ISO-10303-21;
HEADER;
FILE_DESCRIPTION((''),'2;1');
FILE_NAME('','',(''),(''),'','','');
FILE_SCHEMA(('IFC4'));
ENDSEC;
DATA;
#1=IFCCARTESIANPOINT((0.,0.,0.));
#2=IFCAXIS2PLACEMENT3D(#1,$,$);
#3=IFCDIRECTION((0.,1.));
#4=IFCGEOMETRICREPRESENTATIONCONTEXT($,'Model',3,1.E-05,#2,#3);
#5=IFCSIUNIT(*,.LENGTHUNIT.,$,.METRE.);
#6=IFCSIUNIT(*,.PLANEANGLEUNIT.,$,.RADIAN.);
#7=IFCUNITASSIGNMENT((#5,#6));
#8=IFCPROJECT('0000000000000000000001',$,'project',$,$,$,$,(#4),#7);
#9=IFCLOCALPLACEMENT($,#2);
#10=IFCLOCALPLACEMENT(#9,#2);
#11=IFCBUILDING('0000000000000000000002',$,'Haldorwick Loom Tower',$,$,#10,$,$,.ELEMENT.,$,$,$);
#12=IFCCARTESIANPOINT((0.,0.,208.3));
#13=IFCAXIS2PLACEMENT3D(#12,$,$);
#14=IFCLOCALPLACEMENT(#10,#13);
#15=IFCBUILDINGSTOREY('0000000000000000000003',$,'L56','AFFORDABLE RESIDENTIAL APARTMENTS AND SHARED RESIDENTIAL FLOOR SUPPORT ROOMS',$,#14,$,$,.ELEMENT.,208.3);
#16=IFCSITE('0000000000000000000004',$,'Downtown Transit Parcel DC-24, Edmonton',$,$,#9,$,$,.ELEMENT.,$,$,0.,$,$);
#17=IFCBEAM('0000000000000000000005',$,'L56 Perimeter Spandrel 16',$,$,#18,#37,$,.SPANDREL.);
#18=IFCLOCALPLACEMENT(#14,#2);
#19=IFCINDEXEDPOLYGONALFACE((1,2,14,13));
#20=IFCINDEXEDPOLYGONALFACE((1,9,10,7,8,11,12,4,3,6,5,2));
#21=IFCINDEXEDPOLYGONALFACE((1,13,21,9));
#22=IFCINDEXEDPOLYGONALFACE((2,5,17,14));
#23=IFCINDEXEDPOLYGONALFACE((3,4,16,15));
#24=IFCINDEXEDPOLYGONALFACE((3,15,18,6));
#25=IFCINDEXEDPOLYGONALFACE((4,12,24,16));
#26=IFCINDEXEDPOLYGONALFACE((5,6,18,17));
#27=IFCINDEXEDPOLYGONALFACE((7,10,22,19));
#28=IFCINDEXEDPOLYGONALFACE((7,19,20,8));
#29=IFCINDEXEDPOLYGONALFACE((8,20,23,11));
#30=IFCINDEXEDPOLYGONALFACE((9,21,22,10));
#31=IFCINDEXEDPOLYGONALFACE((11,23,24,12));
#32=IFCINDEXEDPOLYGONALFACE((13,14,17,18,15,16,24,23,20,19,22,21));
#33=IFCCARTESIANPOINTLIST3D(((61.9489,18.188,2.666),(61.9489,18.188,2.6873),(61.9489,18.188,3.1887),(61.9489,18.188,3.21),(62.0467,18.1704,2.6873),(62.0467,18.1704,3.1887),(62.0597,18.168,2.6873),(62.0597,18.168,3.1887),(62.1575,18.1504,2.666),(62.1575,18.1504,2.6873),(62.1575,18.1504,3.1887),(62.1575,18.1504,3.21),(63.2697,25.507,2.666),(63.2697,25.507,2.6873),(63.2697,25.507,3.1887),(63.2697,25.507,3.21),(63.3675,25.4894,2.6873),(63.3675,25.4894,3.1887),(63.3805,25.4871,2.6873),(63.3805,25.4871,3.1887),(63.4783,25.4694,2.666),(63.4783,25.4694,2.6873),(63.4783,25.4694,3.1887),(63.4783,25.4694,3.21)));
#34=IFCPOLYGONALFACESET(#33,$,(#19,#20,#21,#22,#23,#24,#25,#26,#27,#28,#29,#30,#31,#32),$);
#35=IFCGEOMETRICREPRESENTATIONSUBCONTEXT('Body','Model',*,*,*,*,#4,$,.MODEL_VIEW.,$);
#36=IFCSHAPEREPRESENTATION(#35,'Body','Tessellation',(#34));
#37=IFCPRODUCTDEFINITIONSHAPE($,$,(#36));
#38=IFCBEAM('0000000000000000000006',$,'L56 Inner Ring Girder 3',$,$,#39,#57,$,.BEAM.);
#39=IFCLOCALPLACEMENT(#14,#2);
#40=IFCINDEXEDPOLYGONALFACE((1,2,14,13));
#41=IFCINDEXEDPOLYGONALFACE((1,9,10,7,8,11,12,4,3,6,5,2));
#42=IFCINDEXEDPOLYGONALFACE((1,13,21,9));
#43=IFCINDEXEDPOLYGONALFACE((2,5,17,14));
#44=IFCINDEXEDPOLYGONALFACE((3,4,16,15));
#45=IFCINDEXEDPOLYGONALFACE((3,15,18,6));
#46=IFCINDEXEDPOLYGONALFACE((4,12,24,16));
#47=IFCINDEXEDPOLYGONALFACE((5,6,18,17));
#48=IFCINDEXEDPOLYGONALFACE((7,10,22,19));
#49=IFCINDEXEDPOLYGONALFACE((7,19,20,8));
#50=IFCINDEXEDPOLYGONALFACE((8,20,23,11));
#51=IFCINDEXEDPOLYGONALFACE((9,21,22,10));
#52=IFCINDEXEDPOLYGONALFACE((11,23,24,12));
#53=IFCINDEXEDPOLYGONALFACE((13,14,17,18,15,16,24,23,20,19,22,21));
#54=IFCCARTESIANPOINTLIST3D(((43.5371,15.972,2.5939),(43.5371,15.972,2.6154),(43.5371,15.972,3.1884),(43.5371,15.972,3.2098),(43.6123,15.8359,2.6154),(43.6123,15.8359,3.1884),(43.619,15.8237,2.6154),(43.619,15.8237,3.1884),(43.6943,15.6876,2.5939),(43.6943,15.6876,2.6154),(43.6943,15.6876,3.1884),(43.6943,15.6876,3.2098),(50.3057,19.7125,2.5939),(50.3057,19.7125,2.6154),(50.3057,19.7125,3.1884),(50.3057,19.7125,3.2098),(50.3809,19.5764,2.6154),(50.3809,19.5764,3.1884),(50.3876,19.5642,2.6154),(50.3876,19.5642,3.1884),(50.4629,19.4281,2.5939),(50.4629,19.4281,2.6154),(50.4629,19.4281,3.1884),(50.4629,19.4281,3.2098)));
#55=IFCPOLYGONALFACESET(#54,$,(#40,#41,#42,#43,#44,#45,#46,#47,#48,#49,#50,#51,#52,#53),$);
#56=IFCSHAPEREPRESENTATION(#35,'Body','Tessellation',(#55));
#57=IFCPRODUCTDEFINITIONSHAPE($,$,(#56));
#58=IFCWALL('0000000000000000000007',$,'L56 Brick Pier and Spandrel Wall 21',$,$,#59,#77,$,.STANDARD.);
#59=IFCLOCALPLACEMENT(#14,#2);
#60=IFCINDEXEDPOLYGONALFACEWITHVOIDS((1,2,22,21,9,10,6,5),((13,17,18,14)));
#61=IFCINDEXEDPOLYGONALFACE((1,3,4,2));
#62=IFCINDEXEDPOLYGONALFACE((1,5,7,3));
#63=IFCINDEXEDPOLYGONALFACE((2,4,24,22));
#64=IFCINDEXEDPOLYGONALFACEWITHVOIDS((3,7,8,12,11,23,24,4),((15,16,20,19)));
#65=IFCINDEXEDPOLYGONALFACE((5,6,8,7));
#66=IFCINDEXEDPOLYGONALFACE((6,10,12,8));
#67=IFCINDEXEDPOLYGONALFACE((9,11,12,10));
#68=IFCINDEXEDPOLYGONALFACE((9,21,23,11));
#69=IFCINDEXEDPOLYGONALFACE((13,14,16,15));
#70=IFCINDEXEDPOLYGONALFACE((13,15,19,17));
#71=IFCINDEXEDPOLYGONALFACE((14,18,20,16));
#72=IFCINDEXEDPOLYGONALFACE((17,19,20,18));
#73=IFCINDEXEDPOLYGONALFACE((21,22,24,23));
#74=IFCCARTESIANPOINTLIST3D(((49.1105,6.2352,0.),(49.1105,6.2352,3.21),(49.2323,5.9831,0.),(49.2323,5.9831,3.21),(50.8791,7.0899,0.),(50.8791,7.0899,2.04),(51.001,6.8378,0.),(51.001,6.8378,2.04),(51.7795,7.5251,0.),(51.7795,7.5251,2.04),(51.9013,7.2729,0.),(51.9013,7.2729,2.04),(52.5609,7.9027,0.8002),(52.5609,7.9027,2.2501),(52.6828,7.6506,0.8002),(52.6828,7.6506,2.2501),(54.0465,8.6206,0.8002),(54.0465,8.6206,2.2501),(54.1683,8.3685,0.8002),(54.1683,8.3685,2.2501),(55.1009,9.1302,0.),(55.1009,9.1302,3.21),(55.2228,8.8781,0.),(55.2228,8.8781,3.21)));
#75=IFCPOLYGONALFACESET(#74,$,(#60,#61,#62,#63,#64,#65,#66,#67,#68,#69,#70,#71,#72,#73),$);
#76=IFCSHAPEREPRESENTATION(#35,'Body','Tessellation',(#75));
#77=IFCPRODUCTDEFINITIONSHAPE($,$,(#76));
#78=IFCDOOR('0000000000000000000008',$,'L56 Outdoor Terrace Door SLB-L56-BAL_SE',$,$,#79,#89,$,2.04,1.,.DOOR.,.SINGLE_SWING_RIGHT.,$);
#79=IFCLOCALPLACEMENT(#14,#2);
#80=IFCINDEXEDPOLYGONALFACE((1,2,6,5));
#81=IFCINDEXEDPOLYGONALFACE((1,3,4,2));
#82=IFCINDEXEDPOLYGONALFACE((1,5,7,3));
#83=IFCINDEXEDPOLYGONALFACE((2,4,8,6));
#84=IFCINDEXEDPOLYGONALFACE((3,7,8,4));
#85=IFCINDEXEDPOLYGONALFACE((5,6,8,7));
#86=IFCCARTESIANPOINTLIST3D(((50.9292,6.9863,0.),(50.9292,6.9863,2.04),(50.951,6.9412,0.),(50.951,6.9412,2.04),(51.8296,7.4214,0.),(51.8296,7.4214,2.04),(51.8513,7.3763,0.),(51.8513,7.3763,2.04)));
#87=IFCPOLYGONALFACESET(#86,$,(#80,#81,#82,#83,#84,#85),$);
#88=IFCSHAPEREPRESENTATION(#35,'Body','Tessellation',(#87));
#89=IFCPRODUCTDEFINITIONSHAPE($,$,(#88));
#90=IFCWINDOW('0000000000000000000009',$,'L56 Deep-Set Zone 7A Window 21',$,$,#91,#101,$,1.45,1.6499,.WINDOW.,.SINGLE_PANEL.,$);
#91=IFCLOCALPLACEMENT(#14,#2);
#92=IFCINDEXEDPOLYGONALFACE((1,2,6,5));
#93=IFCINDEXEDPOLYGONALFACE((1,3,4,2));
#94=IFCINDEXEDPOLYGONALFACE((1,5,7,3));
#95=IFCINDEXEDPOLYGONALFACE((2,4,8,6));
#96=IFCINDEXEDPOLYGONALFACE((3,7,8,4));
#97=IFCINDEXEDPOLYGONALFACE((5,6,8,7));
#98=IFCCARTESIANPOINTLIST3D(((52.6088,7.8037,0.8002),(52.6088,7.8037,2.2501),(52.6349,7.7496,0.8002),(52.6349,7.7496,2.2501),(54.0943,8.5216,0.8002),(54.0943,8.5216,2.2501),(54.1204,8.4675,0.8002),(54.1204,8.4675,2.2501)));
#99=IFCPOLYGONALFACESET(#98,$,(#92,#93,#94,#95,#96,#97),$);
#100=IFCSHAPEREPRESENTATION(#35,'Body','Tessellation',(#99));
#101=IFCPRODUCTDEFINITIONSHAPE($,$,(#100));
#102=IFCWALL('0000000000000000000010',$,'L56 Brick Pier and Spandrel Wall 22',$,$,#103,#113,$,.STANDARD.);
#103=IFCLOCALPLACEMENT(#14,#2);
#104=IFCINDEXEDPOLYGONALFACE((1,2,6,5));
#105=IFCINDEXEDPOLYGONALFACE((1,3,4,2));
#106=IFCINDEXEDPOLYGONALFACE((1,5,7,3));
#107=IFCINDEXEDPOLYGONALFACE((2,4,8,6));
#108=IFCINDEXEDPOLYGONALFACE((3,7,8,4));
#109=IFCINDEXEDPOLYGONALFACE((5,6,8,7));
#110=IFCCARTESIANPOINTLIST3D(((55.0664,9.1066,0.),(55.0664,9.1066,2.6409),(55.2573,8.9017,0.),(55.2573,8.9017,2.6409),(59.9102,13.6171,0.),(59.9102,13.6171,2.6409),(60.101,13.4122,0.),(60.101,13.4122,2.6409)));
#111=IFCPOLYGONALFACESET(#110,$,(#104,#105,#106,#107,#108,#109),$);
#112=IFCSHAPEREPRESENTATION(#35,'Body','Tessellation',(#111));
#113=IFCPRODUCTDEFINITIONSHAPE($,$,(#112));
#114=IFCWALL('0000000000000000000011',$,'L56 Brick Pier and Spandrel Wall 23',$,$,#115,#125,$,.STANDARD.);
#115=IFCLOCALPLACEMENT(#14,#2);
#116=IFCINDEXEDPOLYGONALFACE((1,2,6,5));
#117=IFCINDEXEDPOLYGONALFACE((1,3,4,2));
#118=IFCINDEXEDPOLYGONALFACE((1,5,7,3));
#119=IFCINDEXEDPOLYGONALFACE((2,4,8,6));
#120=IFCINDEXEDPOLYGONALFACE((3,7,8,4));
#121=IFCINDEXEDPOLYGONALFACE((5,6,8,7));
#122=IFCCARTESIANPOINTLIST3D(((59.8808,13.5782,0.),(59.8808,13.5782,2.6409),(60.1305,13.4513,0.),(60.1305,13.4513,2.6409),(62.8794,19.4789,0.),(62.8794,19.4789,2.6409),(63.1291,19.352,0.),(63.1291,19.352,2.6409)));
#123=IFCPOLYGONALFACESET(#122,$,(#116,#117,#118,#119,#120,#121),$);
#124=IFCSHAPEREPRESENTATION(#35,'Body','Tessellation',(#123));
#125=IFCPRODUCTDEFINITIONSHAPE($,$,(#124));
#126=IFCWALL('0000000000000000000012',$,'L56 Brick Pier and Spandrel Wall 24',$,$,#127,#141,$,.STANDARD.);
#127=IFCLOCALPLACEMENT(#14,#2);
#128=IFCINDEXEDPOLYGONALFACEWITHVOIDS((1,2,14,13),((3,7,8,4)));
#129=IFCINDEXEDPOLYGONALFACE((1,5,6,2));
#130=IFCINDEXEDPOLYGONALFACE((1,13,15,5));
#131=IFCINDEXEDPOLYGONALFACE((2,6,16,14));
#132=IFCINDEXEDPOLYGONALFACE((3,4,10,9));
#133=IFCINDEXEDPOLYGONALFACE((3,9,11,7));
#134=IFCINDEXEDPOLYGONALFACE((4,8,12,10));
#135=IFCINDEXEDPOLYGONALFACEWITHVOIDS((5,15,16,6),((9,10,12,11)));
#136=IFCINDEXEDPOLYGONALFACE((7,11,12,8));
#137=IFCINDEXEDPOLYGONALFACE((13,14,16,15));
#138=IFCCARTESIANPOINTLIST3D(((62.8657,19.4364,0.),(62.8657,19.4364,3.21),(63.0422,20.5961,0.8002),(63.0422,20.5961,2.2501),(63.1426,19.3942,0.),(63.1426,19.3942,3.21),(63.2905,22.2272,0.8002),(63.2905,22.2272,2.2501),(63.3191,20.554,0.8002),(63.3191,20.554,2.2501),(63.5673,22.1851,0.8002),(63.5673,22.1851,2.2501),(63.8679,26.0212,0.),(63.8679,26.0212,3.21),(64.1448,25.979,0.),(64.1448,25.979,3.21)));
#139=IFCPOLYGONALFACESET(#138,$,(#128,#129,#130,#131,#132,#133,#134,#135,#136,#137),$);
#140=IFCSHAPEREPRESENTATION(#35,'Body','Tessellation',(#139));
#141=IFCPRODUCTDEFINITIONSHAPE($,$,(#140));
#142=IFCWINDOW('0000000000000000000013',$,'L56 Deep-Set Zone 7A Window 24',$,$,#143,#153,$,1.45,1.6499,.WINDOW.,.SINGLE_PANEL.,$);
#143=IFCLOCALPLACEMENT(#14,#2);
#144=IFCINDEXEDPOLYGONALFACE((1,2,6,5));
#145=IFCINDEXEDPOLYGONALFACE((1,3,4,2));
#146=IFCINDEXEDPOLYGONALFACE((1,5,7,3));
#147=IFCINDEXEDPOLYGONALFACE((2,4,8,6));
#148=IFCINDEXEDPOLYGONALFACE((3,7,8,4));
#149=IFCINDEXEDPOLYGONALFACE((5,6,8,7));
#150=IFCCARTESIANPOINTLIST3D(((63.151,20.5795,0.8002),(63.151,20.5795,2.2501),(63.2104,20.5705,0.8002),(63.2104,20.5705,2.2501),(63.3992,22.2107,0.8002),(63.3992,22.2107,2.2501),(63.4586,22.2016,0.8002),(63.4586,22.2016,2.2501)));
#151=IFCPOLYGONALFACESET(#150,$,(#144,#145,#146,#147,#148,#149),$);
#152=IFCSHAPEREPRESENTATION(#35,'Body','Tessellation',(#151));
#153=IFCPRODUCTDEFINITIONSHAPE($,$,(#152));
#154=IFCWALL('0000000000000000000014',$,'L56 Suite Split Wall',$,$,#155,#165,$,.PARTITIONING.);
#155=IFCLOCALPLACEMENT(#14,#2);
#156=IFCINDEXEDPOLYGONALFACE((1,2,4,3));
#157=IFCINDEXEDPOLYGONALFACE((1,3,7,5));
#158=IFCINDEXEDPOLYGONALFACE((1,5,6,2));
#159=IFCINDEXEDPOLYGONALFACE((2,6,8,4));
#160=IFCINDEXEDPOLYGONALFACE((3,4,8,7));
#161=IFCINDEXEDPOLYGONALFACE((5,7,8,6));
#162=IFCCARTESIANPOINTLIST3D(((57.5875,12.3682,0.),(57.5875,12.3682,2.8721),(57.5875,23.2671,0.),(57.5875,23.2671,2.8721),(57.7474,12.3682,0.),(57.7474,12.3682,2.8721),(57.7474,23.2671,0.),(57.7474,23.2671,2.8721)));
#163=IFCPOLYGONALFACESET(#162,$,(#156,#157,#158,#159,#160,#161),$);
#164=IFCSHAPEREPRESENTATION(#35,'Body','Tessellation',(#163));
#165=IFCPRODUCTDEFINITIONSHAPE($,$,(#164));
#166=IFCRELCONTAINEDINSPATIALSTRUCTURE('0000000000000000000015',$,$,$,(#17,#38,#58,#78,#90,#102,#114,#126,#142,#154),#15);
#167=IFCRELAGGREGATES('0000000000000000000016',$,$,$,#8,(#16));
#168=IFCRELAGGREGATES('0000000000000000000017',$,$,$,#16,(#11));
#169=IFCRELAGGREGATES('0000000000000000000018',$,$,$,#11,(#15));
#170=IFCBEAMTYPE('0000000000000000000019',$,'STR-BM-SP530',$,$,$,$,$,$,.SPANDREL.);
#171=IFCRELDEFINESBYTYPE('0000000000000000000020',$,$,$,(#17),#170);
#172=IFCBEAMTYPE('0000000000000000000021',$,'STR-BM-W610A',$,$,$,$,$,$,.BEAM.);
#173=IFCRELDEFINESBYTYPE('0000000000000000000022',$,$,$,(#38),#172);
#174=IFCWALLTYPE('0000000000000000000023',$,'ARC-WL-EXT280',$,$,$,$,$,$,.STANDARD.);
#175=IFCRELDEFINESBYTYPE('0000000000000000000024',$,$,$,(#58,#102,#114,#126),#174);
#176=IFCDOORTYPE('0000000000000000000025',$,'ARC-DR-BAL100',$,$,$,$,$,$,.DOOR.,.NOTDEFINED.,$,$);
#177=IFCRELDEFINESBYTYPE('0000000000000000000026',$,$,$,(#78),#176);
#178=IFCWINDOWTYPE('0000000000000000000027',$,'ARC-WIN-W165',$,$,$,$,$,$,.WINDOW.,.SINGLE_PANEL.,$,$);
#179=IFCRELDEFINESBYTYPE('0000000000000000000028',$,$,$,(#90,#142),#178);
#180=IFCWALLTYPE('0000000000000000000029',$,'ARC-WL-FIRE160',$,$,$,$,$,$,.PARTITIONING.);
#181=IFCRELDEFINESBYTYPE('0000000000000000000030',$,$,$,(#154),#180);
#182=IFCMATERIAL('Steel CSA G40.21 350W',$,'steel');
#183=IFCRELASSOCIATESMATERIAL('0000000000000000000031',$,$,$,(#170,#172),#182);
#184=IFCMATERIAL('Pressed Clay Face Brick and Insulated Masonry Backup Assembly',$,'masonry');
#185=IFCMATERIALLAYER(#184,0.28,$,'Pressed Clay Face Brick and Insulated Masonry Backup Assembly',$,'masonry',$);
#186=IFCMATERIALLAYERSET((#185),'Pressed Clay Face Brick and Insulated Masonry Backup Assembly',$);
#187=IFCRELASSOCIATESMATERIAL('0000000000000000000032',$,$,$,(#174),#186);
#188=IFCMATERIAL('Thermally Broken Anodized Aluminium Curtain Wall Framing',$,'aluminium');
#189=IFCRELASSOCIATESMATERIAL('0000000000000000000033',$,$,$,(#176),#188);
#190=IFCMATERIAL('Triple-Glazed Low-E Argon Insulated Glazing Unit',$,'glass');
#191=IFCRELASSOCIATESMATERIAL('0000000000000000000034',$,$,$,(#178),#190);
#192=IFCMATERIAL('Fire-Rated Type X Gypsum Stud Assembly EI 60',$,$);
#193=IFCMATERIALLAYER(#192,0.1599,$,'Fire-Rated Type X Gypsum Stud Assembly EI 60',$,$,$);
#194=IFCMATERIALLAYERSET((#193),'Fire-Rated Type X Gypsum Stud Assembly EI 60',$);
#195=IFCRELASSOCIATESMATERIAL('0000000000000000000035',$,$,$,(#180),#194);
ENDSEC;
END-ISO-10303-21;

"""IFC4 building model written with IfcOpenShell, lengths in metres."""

from ifc_helpers import new_model, si_unit, direction, frame, frame_2d, origin, origin_2d, place, context, subcontext, project, spatial, rectangle, i_section, extrude, material, layer, layer_set, material_profile, profile_set, type_object, element, fill, save


model = new_model("IFC4")

# Units and contexts
model_context = context("Model", 3, precision=1e-05, world=origin(), true_north=direction((0.0, 1.0)))
body_context = subcontext(model_context, "Body", "Model", "MODEL_VIEW")
ifc_project = project(units=[si_unit("LENGTHUNIT", "METRE"), si_unit("PLANEANGLEUNIT", "RADIAN")], contexts=[model_context])

# Site, building, storey
site_placement = place(None, origin())
site = spatial("IfcSite", under=ifc_project, at=site_placement, Name="Downtown Transit Parcel DC-24, Edmonton", CompositionType="ELEMENT", RefElevation=0.0)
building_placement = place(site_placement, origin())
building = spatial("IfcBuilding", under=site, at=building_placement, Name="Haldorwick Loom Tower", CompositionType="ELEMENT")
storey_placement = place(building_placement, frame((0.0, 0.0, 208.3)))
storey = spatial("IfcBuildingStorey", under=building, at=storey_placement, Name="L56", Description="AFFORDABLE RESIDENTIAL APARTMENTS AND SHARED RESIDENTIAL FLOOR SUPPORT ROOMS", CompositionType="ELEMENT", Elevation=208.3)

# Beams
ifc_material_1 = material(Name="Steel CSA G40.21 350W", Category="steel")
ifc_material_profile_1 = material_profile(ifc_material_1, i_section(OverallWidth=0.2119, OverallDepth=0.5439, WebThickness=0.0132, FlangeThickness=0.0212, at=origin_2d()), Name="W530X123", Category="steel")
ifc_profile_set_1 = profile_set([ifc_material_profile_1], Name="Steel CSA G40.21 350W")
beam_type_1 = type_object("IfcBeamType", Name="STR-BM-SP530", PredefinedType="SPANDREL", material=ifc_profile_set_1)
beam_1_placement = place(storey_placement, frame((62.0532, 18.1692, 2.938), z_axis=(0.177591, 0.984104, 0.0), x_axis=(-0.984104, 0.177591, 0.0)))
element("IfcBeam", 1, at=beam_1_placement, inside=storey, type_object=beam_type_1, Name="L56 Perimeter Spandrel 16", PredefinedType="SPANDREL", context=body_context, shape_type="SweptSolid", body=[
    extrude(i_section(OverallWidth=0.2119, OverallDepth=0.5439, WebThickness=0.0132, FlangeThickness=0.0212, at=origin_2d()), origin(), (0.0, 0.0, 1.0), 7.4373),
])
ifc_material_profile_2 = material_profile(ifc_material_1, i_section(OverallWidth=0.325, OverallDepth=0.616, WebThickness=0.0139, FlangeThickness=0.0215, at=origin_2d()), Name="W610X174", Category="steel")
ifc_profile_set_2 = profile_set([ifc_material_profile_2], Name="Steel CSA G40.21 350W")
beam_type_2 = type_object("IfcBeamType", Name="STR-BM-W610A", PredefinedType="BEAM", material=ifc_profile_set_2)
beam_2_placement = place(storey_placement, frame((50.3843, 19.5703, 2.9019), z_axis=(-0.875244, -0.483682, 0.0), x_axis=(0.483682, -0.875244, 0.0)))
element("IfcBeam", 2, at=beam_2_placement, inside=storey, type_object=beam_type_2, Name="L56 Inner Ring Girder 3", PredefinedType="BEAM", context=body_context, shape_type="SweptSolid", body=[
    extrude(i_section(OverallWidth=0.325, OverallDepth=0.616, WebThickness=0.0139, FlangeThickness=0.0215, at=origin_2d()), origin(), (0.0, 0.0, 1.0), 7.7334),
])

# Wall, openings, door, window
ifc_material_2 = material(Name="Pressed Clay Face Brick and Insulated Masonry Backup Assembly", Category="masonry")
ifc_layer_1 = layer(ifc_material_2, 0.28, Name="Pressed Clay Face Brick and Insulated Masonry Backup Assembly", Category="masonry")
ifc_layer_set_1 = layer_set([ifc_layer_1], Name="Pressed Clay Face Brick and Insulated Masonry Backup Assembly")
wall_type_1 = type_object("IfcWallType", Name="ARC-WL-EXT280", PredefinedType="STANDARD", material=ifc_layer_set_1)
wall_1_placement = place(storey_placement, frame((49.1714, 6.1091, 0.0), z_axis=(0.0, 0.0, 1.0), x_axis=(0.900371, 0.435123, 0.0)))
wall_1 = element("IfcWall", 3, at=wall_1_placement, inside=storey, type_object=wall_type_1, Name="L56 Brick Pier and Spandrel Wall 21", PredefinedType="STANDARD", context=body_context, shape_type="SweptSolid", body=[
    extrude(rectangle(XDim=6.6533, YDim=0.28, at=frame_2d((3.3267, 0.0))), origin(), (0.0, 0.0, 1.0), 3.21),
])
opening_1_placement = place(wall_1_placement, frame((1.9644, 0.0, 0.0)))
opening_1 = element("IfcOpeningElement", 4, at=opening_1_placement, cuts=wall_1, PredefinedType="OPENING", context=body_context, shape_type="SweptSolid", body=[
    extrude(rectangle(XDim=1.0, YDim=2.04, at=frame_2d((0.5, 1.02))), frame((0.0, 0.1499, 0.0), z_axis=(0.0, -1.0, 0.0), x_axis=(1.0, 0.0, 0.0)), (0.0, 0.0, 1.0), 0.3),
])
opening_2_placement = place(wall_1_placement, frame((3.8323, 0.0, 0.8)))
opening_2 = element("IfcOpeningElement", 5, at=opening_2_placement, cuts=wall_1, PredefinedType="OPENING", context=body_context, shape_type="SweptSolid", body=[
    extrude(rectangle(XDim=1.6499, YDim=1.45, at=frame_2d((0.825, 0.7251))), frame((0.0, 0.1499, 0.0), z_axis=(0.0, -1.0, 0.0), x_axis=(1.0, 0.0, 0.0)), (0.0, 0.0, 1.0), 0.3),
])
ifc_material_3 = material(Name="Thermally Broken Anodized Aluminium Curtain Wall Framing", Category="aluminium")
door_type = type_object("IfcDoorType", Name="ARC-DR-BAL100", OperationType="NOTDEFINED", PredefinedType="DOOR", material=ifc_material_3)
door_placement = place(opening_1_placement, origin())
door = element("IfcDoor", 6, at=door_placement, inside=storey, type_object=door_type, Name="L56 Outdoor Terrace Door SLB-L56-BAL_SE", OperationType="SINGLE_SWING_RIGHT", OverallHeight=2.04, OverallWidth=1.0, PredefinedType="DOOR", context=body_context, shape_type="SweptSolid", body=[
    extrude(rectangle(XDim=1.0, YDim=2.04, at=frame_2d((0.5, 1.02))), frame((0.0, 0.0249, 0.0), z_axis=(0.0, -1.0, 0.0), x_axis=(1.0, 0.0, 0.0)), (0.0, 0.0, 1.0), 0.05),
])
fill(opening_1, door)
ifc_material_4 = material(Name="Triple-Glazed Low-E Argon Insulated Glazing Unit", Category="glass")
window_type = type_object("IfcWindowType", Name="ARC-WIN-W165", PartitioningType="SINGLE_PANEL", PredefinedType="WINDOW", material=ifc_material_4)
window_1_placement = place(opening_2_placement, origin())
window_1 = element("IfcWindow", 7, at=window_1_placement, inside=storey, type_object=window_type, Name="L56 Deep-Set Zone 7A Window 21", OverallHeight=1.45, OverallWidth=1.6499, PartitioningType="SINGLE_PANEL", PredefinedType="WINDOW", context=body_context, shape_type="SweptSolid", body=[
    extrude(rectangle(XDim=1.6499, YDim=1.45, at=frame_2d((0.825, 0.7251))), frame((0.0, 0.03, 0.0), z_axis=(0.0, -1.0, 0.0), x_axis=(1.0, 0.0, 0.0)), (0.0, 0.0, 1.0), 0.0601),
])
fill(opening_2, window_1)

# Walls
wall_2_placement = place(storey_placement, frame((55.1619, 9.0042, 0.0), z_axis=(0.0, 0.0, 1.0), x_axis=(0.731834, 0.681483, 0.0)))
element("IfcWall", 8, at=wall_2_placement, inside=storey, type_object=wall_type_1, Name="L56 Brick Pier and Spandrel Wall 22", PredefinedType="STANDARD", context=body_context, shape_type="SweptSolid", body=[
    extrude(rectangle(XDim=6.6187, YDim=0.28, at=frame_2d((3.3093, 0.0))), origin(), (0.0, 0.0, 1.0), 2.6409),
])
wall_3_placement = place(storey_placement, frame((60.0056, 13.5146, 0.0), z_axis=(0.0, 0.0, 1.0), x_axis=(0.453032, 0.891494, 0.0)))
element("IfcWall", 9, at=wall_3_placement, inside=storey, type_object=wall_type_1, Name="L56 Brick Pier and Spandrel Wall 23", PredefinedType="STANDARD", context=body_context, shape_type="SweptSolid", body=[
    extrude(rectangle(XDim=6.6189, YDim=0.28, at=frame_2d((3.3096, 0.0))), origin(), (0.0, 0.0, 1.0), 2.6409),
])

# Wall, opening, window
wall_4_placement = place(storey_placement, frame((63.0042, 19.4153, 0.0), z_axis=(0.0, 0.0, 1.0), x_axis=(0.150468, 0.988615, 0.0)))
wall_4 = element("IfcWall", 10, at=wall_4_placement, inside=storey, type_object=wall_type_1, Name="L56 Brick Pier and Spandrel Wall 24", PredefinedType="STANDARD", context=body_context, shape_type="SweptSolid", body=[
    extrude(rectangle(XDim=6.6606, YDim=0.28, at=frame_2d((3.3303, 0.0))), origin(), (0.0, 0.0, 1.0), 3.21),
])
opening_3_placement = place(wall_4_placement, frame((1.1731, 0.0, 0.8)))
opening_3 = element("IfcOpeningElement", 11, at=opening_3_placement, cuts=wall_4, PredefinedType="OPENING", context=body_context, shape_type="SweptSolid", body=[
    extrude(rectangle(XDim=1.6499, YDim=1.45, at=frame_2d((0.825, 0.7251))), frame((0.0, 0.1499, 0.0), z_axis=(0.0, -1.0, 0.0), x_axis=(1.0, 0.0, 0.0)), (0.0, 0.0, 1.0), 0.3),
])
window_2_placement = place(opening_3_placement, origin())
window_2 = element("IfcWindow", 12, at=window_2_placement, inside=storey, type_object=window_type, Name="L56 Deep-Set Zone 7A Window 24", OverallHeight=1.45, OverallWidth=1.6499, PartitioningType="SINGLE_PANEL", PredefinedType="WINDOW", context=body_context, shape_type="SweptSolid", body=[
    extrude(rectangle(XDim=1.6499, YDim=1.45, at=frame_2d((0.825, 0.7251))), frame((0.0, 0.03, 0.0), z_axis=(0.0, -1.0, 0.0), x_axis=(1.0, 0.0, 0.0)), (0.0, 0.0, 1.0), 0.0601),
])
fill(opening_3, window_2)

# Wall
ifc_material_5 = material(Name="Fire-Rated Type X Gypsum Stud Assembly EI 60")
ifc_layer_2 = layer(ifc_material_5, 0.1599, Name="Fire-Rated Type X Gypsum Stud Assembly EI 60")
ifc_layer_set_2 = layer_set([ifc_layer_2], Name="Fire-Rated Type X Gypsum Stud Assembly EI 60")
wall_type_2 = type_object("IfcWallType", Name="ARC-WL-FIRE160", PredefinedType="PARTITIONING", material=ifc_layer_set_2)
wall_5_placement = place(storey_placement, frame((57.6675, 12.3682, 0.0), z_axis=(0.0, 0.0, 1.0), x_axis=(0.0, 1.0, 0.0)))
element("IfcWall", 13, at=wall_5_placement, inside=storey, type_object=wall_type_2, Name="L56 Suite Split Wall", PredefinedType="PARTITIONING", context=body_context, shape_type="SweptSolid", body=[
    extrude(rectangle(XDim=10.8989, YDim=0.1599, at=frame_2d((5.4495, 0.0))), origin(), (0.0, 0.0, 1.0), 2.8721),
])

save(model, "model.ifc")
